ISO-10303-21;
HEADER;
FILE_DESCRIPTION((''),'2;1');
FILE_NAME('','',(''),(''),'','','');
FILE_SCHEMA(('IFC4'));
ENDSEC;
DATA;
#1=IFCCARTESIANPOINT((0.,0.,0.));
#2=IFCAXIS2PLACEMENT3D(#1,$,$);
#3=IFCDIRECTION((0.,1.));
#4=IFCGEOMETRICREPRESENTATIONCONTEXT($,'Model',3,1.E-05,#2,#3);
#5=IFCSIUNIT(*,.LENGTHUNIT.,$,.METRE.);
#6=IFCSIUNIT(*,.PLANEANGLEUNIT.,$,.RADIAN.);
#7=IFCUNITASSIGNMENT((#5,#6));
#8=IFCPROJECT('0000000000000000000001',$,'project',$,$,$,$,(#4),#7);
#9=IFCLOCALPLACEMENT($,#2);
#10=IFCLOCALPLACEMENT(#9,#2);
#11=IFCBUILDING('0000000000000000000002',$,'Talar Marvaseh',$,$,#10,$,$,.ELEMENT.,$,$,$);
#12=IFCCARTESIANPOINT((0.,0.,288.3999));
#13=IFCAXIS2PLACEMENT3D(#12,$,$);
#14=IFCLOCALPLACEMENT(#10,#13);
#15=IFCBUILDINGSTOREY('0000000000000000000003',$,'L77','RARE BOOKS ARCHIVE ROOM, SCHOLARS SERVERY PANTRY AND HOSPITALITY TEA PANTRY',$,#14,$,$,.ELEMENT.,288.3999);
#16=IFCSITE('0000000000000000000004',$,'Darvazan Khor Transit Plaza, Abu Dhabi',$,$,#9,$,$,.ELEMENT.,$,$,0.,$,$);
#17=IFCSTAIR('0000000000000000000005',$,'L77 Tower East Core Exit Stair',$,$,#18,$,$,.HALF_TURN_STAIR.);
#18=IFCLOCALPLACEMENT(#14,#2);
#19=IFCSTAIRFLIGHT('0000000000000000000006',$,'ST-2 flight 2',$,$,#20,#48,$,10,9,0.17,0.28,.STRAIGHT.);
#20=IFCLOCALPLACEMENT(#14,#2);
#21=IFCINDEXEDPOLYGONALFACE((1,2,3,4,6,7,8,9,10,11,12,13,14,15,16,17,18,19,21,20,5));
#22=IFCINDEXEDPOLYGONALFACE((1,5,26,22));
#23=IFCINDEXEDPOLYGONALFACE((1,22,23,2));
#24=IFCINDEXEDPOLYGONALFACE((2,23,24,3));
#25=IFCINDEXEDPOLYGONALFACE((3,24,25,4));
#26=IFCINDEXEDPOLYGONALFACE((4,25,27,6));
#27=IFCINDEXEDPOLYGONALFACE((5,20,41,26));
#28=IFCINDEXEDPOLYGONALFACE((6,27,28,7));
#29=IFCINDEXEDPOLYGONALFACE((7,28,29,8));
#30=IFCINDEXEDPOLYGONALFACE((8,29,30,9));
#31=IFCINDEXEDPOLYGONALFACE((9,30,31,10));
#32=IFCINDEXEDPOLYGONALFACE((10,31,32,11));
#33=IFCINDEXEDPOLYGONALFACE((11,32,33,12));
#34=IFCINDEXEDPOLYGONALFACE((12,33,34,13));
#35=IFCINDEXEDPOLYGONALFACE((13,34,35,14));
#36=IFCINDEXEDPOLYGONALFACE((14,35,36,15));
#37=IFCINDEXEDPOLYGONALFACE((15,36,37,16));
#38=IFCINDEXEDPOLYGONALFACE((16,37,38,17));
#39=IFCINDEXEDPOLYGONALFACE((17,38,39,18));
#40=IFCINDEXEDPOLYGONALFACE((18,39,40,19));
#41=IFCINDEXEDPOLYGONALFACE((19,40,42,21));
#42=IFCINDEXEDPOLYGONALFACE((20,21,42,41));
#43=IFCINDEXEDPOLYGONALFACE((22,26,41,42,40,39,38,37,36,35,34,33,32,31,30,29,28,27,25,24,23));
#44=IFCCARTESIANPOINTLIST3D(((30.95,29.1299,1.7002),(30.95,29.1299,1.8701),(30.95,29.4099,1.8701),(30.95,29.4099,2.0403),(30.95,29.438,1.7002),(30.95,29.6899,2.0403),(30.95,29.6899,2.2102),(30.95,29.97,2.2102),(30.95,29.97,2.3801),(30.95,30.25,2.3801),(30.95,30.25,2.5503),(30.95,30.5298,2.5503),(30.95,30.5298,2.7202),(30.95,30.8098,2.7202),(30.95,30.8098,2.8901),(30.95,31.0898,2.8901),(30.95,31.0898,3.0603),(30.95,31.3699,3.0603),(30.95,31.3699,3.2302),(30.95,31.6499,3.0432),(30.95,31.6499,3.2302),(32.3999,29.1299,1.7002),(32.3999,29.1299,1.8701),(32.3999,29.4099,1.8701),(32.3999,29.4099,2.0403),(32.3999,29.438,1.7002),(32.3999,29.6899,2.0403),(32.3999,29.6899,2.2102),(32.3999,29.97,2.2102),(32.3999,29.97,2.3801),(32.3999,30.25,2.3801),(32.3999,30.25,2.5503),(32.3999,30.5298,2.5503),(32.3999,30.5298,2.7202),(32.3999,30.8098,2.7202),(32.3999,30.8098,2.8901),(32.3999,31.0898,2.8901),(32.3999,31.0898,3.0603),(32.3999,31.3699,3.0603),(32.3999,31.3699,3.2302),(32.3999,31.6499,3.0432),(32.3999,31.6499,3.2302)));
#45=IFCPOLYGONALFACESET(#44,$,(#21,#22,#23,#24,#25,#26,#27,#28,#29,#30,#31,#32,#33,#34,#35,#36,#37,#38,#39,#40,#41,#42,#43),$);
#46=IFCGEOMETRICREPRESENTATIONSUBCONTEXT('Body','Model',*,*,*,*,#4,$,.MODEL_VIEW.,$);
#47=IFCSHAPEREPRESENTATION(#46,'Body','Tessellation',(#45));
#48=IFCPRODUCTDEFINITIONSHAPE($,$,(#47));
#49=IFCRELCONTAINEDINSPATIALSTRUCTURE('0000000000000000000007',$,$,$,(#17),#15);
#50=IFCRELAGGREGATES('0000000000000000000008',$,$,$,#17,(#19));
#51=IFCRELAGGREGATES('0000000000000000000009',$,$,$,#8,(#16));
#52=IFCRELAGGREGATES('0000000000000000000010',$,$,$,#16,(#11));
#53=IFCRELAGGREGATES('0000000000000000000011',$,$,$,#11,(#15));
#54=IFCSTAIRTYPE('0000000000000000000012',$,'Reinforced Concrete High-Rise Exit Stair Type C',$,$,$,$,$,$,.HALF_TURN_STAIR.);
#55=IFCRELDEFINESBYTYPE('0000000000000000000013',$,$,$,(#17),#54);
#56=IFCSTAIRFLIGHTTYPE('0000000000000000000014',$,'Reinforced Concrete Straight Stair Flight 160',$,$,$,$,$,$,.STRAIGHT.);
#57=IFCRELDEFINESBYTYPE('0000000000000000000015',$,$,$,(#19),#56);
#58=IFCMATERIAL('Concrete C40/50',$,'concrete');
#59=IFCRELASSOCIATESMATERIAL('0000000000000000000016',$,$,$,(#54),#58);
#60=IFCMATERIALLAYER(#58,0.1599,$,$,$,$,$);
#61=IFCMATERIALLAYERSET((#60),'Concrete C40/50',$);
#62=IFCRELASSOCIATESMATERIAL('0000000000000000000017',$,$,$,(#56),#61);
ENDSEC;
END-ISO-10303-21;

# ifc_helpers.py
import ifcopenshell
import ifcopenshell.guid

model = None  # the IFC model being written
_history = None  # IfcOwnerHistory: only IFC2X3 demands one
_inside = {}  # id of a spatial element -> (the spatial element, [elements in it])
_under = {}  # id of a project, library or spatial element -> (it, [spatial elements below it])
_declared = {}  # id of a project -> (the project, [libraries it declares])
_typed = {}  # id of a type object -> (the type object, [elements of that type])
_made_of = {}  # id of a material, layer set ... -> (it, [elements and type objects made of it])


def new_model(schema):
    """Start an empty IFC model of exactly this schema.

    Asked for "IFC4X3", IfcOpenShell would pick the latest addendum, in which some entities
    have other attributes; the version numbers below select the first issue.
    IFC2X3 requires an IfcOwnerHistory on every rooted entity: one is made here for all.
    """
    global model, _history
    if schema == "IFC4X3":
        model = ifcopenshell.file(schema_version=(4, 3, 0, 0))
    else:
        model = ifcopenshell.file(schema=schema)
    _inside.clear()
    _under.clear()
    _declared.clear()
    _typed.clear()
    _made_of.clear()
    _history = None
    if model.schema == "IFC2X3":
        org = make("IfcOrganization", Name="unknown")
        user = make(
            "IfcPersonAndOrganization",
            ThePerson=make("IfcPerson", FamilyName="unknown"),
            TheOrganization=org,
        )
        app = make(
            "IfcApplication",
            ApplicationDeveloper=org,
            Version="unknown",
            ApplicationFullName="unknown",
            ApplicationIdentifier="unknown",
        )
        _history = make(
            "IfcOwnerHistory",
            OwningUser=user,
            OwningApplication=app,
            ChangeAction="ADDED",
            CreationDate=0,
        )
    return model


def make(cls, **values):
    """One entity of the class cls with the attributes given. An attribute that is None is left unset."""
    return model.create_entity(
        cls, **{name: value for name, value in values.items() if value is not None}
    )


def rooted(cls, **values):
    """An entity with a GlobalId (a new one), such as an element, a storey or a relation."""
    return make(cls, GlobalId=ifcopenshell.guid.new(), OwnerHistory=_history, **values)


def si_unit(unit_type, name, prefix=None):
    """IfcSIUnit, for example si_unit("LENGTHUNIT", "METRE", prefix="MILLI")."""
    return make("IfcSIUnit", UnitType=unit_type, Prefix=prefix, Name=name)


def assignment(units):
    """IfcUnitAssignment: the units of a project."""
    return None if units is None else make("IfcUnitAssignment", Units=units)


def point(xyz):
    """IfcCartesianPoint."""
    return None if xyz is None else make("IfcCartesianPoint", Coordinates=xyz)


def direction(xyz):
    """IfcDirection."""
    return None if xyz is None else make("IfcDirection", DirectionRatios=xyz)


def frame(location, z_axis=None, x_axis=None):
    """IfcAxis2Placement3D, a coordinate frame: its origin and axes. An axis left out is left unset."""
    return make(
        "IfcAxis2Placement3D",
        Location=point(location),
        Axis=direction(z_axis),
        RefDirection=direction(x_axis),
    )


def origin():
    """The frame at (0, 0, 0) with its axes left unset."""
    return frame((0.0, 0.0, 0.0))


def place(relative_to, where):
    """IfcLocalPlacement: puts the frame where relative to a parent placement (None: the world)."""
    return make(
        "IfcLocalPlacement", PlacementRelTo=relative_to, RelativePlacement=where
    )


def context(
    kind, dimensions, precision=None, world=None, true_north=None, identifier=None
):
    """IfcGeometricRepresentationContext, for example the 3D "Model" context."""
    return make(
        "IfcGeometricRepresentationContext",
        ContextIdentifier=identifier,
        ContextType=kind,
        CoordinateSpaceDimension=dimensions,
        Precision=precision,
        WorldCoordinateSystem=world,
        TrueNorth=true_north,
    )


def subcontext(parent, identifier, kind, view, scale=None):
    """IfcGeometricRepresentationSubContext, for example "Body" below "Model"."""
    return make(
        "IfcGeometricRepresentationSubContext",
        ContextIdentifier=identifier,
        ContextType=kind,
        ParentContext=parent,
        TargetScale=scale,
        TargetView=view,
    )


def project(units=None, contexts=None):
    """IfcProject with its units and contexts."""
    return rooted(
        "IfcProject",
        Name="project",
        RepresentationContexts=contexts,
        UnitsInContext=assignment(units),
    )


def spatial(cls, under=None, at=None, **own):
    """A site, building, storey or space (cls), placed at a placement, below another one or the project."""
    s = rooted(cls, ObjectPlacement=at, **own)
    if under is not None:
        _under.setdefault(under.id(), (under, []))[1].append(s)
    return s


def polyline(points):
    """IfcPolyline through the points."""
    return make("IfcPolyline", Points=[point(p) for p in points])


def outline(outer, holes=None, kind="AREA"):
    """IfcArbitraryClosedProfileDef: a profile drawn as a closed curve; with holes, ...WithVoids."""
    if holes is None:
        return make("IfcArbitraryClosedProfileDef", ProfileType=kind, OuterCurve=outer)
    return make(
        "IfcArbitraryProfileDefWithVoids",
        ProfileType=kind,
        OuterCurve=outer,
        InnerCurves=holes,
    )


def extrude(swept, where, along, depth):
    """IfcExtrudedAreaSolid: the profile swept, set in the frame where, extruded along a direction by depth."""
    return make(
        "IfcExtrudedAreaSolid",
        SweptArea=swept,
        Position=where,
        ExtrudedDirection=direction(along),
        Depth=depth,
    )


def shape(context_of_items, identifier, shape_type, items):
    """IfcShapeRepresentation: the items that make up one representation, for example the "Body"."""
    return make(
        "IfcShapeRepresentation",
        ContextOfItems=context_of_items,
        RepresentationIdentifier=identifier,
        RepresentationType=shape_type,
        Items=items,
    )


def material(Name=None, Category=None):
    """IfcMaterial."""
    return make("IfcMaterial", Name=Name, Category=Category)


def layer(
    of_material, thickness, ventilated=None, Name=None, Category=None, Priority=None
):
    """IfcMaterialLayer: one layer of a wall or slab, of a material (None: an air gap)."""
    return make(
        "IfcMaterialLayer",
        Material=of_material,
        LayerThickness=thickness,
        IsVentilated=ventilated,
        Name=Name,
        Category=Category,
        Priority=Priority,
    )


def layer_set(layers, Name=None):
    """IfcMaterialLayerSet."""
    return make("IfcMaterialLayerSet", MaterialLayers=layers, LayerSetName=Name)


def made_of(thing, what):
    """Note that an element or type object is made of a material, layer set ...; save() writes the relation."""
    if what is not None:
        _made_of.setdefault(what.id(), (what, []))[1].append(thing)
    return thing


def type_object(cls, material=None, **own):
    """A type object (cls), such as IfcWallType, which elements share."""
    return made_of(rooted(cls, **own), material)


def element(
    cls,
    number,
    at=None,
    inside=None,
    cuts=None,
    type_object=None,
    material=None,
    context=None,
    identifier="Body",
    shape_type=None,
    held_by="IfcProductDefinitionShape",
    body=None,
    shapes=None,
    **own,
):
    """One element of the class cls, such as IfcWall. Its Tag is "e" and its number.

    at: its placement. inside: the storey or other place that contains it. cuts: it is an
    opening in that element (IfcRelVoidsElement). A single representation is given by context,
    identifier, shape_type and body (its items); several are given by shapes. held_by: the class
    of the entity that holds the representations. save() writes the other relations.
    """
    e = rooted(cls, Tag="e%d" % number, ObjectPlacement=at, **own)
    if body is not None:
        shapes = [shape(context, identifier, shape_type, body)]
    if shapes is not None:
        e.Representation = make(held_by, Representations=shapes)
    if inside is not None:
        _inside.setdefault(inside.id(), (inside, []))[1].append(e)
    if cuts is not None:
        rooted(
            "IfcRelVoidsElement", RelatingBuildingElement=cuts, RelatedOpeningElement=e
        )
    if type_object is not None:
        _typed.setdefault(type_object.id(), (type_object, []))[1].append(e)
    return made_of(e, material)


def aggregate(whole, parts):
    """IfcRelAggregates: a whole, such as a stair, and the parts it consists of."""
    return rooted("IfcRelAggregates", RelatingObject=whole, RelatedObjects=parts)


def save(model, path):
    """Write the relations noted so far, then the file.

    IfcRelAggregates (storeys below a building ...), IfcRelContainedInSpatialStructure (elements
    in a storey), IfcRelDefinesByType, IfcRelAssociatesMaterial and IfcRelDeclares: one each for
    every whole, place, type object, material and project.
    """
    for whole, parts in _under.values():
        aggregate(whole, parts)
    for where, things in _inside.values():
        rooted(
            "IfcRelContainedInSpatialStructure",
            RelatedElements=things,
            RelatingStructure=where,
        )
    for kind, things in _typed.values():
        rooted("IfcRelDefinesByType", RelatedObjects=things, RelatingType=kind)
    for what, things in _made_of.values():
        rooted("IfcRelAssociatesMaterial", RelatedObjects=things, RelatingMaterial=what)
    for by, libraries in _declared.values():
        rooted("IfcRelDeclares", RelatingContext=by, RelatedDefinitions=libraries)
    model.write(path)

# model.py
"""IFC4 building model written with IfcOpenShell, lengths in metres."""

from ifc_helpers import new_model, si_unit, direction, frame, origin, place, context, subcontext, project, spatial, polyline, outline, extrude, material, layer, layer_set, type_object, element, aggregate, save


model = new_model("IFC4")

# Units and contexts
model_context = context("Model", 3, precision=1e-05, world=origin(), true_north=direction((0.0, 1.0)))
body_context = subcontext(model_context, "Body", "Model", "MODEL_VIEW")
ifc_project = project(units=[si_unit("LENGTHUNIT", "METRE"), si_unit("PLANEANGLEUNIT", "RADIAN")], contexts=[model_context])

# Site, building, storey
site_placement = place(None, origin())
site = spatial("IfcSite", under=ifc_project, at=site_placement, Name="Darvazan Khor Transit Plaza, Abu Dhabi", CompositionType="ELEMENT", RefElevation=0.0)
building_placement = place(site_placement, origin())
building = spatial("IfcBuilding", under=site, at=building_placement, Name="Talar Marvaseh", CompositionType="ELEMENT")
storey_placement = place(building_placement, frame((0.0, 0.0, 288.3999)))
storey = spatial("IfcBuildingStorey", under=building, at=storey_placement, Name="L77", Description="RARE BOOKS ARCHIVE ROOM, SCHOLARS SERVERY PANTRY AND HOSPITALITY TEA PANTRY", CompositionType="ELEMENT", Elevation=288.3999)

# Stair, stair flight
ifc_material_1 = material(Name="Concrete C40/50", Category="concrete")
stair_type = type_object("IfcStairType", Name="Reinforced Concrete High-Rise Exit Stair Type C", PredefinedType="HALF_TURN_STAIR", material=ifc_material_1)
stair_placement = place(storey_placement, origin())
stair = element("IfcStair", 1, at=stair_placement, inside=storey, type_object=stair_type, Name="L77 Tower East Core Exit Stair", PredefinedType="HALF_TURN_STAIR")
ifc_layer_1 = layer(ifc_material_1, 0.1599)
ifc_layer_set_1 = layer_set([ifc_layer_1], Name="Concrete C40/50")
stair_flight_type = type_object("IfcStairFlightType", Name="Reinforced Concrete Straight Stair Flight 160", PredefinedType="STRAIGHT", material=ifc_layer_set_1)
stair_flight_placement = place(storey_placement, frame((31.675, 29.1299, 1.7002), z_axis=(0.0, 0.0, 1.0), x_axis=(0.0, 1.0, 0.0)))
stair_flight = element("IfcStairFlight", 2, at=stair_flight_placement, type_object=stair_flight_type, Name="ST-2 flight 2", NumberOfRisers=10, NumberOfTreads=9, PredefinedType="STRAIGHT", RiserHeight=0.17, TreadLength=0.28, context=body_context, shape_type="SweptSolid", body=[
    extrude(outline(polyline([(0.0, 0.0), (0.0, 0.1699), (0.28, 0.1699), (0.28, 0.3401), (0.5601, 0.3401), (0.5601, 0.51), (0.8401, 0.51), (0.8401, 0.6799), (1.1201, 0.6799), (1.1201, 0.8501), (1.3999, 0.8501), (1.3999, 1.02), (1.6799, 1.02), (1.6799, 1.1899), (1.96, 1.1899), (1.96, 1.3601), (2.24, 1.3601), (2.24, 1.53), (2.52, 1.53), (2.52, 1.7), (2.52, 1.343), (0.3081, 0.0), (0.0, 0.0)])), frame((0.0, 0.7251, 0.0), z_axis=(0.0, -1.0, 0.0), x_axis=(1.0, 0.0, 0.0)), (0.0, 0.0, 1.0), 1.45),
])
aggregate(stair, [stair_flight])

save(model, "model.ifc")
